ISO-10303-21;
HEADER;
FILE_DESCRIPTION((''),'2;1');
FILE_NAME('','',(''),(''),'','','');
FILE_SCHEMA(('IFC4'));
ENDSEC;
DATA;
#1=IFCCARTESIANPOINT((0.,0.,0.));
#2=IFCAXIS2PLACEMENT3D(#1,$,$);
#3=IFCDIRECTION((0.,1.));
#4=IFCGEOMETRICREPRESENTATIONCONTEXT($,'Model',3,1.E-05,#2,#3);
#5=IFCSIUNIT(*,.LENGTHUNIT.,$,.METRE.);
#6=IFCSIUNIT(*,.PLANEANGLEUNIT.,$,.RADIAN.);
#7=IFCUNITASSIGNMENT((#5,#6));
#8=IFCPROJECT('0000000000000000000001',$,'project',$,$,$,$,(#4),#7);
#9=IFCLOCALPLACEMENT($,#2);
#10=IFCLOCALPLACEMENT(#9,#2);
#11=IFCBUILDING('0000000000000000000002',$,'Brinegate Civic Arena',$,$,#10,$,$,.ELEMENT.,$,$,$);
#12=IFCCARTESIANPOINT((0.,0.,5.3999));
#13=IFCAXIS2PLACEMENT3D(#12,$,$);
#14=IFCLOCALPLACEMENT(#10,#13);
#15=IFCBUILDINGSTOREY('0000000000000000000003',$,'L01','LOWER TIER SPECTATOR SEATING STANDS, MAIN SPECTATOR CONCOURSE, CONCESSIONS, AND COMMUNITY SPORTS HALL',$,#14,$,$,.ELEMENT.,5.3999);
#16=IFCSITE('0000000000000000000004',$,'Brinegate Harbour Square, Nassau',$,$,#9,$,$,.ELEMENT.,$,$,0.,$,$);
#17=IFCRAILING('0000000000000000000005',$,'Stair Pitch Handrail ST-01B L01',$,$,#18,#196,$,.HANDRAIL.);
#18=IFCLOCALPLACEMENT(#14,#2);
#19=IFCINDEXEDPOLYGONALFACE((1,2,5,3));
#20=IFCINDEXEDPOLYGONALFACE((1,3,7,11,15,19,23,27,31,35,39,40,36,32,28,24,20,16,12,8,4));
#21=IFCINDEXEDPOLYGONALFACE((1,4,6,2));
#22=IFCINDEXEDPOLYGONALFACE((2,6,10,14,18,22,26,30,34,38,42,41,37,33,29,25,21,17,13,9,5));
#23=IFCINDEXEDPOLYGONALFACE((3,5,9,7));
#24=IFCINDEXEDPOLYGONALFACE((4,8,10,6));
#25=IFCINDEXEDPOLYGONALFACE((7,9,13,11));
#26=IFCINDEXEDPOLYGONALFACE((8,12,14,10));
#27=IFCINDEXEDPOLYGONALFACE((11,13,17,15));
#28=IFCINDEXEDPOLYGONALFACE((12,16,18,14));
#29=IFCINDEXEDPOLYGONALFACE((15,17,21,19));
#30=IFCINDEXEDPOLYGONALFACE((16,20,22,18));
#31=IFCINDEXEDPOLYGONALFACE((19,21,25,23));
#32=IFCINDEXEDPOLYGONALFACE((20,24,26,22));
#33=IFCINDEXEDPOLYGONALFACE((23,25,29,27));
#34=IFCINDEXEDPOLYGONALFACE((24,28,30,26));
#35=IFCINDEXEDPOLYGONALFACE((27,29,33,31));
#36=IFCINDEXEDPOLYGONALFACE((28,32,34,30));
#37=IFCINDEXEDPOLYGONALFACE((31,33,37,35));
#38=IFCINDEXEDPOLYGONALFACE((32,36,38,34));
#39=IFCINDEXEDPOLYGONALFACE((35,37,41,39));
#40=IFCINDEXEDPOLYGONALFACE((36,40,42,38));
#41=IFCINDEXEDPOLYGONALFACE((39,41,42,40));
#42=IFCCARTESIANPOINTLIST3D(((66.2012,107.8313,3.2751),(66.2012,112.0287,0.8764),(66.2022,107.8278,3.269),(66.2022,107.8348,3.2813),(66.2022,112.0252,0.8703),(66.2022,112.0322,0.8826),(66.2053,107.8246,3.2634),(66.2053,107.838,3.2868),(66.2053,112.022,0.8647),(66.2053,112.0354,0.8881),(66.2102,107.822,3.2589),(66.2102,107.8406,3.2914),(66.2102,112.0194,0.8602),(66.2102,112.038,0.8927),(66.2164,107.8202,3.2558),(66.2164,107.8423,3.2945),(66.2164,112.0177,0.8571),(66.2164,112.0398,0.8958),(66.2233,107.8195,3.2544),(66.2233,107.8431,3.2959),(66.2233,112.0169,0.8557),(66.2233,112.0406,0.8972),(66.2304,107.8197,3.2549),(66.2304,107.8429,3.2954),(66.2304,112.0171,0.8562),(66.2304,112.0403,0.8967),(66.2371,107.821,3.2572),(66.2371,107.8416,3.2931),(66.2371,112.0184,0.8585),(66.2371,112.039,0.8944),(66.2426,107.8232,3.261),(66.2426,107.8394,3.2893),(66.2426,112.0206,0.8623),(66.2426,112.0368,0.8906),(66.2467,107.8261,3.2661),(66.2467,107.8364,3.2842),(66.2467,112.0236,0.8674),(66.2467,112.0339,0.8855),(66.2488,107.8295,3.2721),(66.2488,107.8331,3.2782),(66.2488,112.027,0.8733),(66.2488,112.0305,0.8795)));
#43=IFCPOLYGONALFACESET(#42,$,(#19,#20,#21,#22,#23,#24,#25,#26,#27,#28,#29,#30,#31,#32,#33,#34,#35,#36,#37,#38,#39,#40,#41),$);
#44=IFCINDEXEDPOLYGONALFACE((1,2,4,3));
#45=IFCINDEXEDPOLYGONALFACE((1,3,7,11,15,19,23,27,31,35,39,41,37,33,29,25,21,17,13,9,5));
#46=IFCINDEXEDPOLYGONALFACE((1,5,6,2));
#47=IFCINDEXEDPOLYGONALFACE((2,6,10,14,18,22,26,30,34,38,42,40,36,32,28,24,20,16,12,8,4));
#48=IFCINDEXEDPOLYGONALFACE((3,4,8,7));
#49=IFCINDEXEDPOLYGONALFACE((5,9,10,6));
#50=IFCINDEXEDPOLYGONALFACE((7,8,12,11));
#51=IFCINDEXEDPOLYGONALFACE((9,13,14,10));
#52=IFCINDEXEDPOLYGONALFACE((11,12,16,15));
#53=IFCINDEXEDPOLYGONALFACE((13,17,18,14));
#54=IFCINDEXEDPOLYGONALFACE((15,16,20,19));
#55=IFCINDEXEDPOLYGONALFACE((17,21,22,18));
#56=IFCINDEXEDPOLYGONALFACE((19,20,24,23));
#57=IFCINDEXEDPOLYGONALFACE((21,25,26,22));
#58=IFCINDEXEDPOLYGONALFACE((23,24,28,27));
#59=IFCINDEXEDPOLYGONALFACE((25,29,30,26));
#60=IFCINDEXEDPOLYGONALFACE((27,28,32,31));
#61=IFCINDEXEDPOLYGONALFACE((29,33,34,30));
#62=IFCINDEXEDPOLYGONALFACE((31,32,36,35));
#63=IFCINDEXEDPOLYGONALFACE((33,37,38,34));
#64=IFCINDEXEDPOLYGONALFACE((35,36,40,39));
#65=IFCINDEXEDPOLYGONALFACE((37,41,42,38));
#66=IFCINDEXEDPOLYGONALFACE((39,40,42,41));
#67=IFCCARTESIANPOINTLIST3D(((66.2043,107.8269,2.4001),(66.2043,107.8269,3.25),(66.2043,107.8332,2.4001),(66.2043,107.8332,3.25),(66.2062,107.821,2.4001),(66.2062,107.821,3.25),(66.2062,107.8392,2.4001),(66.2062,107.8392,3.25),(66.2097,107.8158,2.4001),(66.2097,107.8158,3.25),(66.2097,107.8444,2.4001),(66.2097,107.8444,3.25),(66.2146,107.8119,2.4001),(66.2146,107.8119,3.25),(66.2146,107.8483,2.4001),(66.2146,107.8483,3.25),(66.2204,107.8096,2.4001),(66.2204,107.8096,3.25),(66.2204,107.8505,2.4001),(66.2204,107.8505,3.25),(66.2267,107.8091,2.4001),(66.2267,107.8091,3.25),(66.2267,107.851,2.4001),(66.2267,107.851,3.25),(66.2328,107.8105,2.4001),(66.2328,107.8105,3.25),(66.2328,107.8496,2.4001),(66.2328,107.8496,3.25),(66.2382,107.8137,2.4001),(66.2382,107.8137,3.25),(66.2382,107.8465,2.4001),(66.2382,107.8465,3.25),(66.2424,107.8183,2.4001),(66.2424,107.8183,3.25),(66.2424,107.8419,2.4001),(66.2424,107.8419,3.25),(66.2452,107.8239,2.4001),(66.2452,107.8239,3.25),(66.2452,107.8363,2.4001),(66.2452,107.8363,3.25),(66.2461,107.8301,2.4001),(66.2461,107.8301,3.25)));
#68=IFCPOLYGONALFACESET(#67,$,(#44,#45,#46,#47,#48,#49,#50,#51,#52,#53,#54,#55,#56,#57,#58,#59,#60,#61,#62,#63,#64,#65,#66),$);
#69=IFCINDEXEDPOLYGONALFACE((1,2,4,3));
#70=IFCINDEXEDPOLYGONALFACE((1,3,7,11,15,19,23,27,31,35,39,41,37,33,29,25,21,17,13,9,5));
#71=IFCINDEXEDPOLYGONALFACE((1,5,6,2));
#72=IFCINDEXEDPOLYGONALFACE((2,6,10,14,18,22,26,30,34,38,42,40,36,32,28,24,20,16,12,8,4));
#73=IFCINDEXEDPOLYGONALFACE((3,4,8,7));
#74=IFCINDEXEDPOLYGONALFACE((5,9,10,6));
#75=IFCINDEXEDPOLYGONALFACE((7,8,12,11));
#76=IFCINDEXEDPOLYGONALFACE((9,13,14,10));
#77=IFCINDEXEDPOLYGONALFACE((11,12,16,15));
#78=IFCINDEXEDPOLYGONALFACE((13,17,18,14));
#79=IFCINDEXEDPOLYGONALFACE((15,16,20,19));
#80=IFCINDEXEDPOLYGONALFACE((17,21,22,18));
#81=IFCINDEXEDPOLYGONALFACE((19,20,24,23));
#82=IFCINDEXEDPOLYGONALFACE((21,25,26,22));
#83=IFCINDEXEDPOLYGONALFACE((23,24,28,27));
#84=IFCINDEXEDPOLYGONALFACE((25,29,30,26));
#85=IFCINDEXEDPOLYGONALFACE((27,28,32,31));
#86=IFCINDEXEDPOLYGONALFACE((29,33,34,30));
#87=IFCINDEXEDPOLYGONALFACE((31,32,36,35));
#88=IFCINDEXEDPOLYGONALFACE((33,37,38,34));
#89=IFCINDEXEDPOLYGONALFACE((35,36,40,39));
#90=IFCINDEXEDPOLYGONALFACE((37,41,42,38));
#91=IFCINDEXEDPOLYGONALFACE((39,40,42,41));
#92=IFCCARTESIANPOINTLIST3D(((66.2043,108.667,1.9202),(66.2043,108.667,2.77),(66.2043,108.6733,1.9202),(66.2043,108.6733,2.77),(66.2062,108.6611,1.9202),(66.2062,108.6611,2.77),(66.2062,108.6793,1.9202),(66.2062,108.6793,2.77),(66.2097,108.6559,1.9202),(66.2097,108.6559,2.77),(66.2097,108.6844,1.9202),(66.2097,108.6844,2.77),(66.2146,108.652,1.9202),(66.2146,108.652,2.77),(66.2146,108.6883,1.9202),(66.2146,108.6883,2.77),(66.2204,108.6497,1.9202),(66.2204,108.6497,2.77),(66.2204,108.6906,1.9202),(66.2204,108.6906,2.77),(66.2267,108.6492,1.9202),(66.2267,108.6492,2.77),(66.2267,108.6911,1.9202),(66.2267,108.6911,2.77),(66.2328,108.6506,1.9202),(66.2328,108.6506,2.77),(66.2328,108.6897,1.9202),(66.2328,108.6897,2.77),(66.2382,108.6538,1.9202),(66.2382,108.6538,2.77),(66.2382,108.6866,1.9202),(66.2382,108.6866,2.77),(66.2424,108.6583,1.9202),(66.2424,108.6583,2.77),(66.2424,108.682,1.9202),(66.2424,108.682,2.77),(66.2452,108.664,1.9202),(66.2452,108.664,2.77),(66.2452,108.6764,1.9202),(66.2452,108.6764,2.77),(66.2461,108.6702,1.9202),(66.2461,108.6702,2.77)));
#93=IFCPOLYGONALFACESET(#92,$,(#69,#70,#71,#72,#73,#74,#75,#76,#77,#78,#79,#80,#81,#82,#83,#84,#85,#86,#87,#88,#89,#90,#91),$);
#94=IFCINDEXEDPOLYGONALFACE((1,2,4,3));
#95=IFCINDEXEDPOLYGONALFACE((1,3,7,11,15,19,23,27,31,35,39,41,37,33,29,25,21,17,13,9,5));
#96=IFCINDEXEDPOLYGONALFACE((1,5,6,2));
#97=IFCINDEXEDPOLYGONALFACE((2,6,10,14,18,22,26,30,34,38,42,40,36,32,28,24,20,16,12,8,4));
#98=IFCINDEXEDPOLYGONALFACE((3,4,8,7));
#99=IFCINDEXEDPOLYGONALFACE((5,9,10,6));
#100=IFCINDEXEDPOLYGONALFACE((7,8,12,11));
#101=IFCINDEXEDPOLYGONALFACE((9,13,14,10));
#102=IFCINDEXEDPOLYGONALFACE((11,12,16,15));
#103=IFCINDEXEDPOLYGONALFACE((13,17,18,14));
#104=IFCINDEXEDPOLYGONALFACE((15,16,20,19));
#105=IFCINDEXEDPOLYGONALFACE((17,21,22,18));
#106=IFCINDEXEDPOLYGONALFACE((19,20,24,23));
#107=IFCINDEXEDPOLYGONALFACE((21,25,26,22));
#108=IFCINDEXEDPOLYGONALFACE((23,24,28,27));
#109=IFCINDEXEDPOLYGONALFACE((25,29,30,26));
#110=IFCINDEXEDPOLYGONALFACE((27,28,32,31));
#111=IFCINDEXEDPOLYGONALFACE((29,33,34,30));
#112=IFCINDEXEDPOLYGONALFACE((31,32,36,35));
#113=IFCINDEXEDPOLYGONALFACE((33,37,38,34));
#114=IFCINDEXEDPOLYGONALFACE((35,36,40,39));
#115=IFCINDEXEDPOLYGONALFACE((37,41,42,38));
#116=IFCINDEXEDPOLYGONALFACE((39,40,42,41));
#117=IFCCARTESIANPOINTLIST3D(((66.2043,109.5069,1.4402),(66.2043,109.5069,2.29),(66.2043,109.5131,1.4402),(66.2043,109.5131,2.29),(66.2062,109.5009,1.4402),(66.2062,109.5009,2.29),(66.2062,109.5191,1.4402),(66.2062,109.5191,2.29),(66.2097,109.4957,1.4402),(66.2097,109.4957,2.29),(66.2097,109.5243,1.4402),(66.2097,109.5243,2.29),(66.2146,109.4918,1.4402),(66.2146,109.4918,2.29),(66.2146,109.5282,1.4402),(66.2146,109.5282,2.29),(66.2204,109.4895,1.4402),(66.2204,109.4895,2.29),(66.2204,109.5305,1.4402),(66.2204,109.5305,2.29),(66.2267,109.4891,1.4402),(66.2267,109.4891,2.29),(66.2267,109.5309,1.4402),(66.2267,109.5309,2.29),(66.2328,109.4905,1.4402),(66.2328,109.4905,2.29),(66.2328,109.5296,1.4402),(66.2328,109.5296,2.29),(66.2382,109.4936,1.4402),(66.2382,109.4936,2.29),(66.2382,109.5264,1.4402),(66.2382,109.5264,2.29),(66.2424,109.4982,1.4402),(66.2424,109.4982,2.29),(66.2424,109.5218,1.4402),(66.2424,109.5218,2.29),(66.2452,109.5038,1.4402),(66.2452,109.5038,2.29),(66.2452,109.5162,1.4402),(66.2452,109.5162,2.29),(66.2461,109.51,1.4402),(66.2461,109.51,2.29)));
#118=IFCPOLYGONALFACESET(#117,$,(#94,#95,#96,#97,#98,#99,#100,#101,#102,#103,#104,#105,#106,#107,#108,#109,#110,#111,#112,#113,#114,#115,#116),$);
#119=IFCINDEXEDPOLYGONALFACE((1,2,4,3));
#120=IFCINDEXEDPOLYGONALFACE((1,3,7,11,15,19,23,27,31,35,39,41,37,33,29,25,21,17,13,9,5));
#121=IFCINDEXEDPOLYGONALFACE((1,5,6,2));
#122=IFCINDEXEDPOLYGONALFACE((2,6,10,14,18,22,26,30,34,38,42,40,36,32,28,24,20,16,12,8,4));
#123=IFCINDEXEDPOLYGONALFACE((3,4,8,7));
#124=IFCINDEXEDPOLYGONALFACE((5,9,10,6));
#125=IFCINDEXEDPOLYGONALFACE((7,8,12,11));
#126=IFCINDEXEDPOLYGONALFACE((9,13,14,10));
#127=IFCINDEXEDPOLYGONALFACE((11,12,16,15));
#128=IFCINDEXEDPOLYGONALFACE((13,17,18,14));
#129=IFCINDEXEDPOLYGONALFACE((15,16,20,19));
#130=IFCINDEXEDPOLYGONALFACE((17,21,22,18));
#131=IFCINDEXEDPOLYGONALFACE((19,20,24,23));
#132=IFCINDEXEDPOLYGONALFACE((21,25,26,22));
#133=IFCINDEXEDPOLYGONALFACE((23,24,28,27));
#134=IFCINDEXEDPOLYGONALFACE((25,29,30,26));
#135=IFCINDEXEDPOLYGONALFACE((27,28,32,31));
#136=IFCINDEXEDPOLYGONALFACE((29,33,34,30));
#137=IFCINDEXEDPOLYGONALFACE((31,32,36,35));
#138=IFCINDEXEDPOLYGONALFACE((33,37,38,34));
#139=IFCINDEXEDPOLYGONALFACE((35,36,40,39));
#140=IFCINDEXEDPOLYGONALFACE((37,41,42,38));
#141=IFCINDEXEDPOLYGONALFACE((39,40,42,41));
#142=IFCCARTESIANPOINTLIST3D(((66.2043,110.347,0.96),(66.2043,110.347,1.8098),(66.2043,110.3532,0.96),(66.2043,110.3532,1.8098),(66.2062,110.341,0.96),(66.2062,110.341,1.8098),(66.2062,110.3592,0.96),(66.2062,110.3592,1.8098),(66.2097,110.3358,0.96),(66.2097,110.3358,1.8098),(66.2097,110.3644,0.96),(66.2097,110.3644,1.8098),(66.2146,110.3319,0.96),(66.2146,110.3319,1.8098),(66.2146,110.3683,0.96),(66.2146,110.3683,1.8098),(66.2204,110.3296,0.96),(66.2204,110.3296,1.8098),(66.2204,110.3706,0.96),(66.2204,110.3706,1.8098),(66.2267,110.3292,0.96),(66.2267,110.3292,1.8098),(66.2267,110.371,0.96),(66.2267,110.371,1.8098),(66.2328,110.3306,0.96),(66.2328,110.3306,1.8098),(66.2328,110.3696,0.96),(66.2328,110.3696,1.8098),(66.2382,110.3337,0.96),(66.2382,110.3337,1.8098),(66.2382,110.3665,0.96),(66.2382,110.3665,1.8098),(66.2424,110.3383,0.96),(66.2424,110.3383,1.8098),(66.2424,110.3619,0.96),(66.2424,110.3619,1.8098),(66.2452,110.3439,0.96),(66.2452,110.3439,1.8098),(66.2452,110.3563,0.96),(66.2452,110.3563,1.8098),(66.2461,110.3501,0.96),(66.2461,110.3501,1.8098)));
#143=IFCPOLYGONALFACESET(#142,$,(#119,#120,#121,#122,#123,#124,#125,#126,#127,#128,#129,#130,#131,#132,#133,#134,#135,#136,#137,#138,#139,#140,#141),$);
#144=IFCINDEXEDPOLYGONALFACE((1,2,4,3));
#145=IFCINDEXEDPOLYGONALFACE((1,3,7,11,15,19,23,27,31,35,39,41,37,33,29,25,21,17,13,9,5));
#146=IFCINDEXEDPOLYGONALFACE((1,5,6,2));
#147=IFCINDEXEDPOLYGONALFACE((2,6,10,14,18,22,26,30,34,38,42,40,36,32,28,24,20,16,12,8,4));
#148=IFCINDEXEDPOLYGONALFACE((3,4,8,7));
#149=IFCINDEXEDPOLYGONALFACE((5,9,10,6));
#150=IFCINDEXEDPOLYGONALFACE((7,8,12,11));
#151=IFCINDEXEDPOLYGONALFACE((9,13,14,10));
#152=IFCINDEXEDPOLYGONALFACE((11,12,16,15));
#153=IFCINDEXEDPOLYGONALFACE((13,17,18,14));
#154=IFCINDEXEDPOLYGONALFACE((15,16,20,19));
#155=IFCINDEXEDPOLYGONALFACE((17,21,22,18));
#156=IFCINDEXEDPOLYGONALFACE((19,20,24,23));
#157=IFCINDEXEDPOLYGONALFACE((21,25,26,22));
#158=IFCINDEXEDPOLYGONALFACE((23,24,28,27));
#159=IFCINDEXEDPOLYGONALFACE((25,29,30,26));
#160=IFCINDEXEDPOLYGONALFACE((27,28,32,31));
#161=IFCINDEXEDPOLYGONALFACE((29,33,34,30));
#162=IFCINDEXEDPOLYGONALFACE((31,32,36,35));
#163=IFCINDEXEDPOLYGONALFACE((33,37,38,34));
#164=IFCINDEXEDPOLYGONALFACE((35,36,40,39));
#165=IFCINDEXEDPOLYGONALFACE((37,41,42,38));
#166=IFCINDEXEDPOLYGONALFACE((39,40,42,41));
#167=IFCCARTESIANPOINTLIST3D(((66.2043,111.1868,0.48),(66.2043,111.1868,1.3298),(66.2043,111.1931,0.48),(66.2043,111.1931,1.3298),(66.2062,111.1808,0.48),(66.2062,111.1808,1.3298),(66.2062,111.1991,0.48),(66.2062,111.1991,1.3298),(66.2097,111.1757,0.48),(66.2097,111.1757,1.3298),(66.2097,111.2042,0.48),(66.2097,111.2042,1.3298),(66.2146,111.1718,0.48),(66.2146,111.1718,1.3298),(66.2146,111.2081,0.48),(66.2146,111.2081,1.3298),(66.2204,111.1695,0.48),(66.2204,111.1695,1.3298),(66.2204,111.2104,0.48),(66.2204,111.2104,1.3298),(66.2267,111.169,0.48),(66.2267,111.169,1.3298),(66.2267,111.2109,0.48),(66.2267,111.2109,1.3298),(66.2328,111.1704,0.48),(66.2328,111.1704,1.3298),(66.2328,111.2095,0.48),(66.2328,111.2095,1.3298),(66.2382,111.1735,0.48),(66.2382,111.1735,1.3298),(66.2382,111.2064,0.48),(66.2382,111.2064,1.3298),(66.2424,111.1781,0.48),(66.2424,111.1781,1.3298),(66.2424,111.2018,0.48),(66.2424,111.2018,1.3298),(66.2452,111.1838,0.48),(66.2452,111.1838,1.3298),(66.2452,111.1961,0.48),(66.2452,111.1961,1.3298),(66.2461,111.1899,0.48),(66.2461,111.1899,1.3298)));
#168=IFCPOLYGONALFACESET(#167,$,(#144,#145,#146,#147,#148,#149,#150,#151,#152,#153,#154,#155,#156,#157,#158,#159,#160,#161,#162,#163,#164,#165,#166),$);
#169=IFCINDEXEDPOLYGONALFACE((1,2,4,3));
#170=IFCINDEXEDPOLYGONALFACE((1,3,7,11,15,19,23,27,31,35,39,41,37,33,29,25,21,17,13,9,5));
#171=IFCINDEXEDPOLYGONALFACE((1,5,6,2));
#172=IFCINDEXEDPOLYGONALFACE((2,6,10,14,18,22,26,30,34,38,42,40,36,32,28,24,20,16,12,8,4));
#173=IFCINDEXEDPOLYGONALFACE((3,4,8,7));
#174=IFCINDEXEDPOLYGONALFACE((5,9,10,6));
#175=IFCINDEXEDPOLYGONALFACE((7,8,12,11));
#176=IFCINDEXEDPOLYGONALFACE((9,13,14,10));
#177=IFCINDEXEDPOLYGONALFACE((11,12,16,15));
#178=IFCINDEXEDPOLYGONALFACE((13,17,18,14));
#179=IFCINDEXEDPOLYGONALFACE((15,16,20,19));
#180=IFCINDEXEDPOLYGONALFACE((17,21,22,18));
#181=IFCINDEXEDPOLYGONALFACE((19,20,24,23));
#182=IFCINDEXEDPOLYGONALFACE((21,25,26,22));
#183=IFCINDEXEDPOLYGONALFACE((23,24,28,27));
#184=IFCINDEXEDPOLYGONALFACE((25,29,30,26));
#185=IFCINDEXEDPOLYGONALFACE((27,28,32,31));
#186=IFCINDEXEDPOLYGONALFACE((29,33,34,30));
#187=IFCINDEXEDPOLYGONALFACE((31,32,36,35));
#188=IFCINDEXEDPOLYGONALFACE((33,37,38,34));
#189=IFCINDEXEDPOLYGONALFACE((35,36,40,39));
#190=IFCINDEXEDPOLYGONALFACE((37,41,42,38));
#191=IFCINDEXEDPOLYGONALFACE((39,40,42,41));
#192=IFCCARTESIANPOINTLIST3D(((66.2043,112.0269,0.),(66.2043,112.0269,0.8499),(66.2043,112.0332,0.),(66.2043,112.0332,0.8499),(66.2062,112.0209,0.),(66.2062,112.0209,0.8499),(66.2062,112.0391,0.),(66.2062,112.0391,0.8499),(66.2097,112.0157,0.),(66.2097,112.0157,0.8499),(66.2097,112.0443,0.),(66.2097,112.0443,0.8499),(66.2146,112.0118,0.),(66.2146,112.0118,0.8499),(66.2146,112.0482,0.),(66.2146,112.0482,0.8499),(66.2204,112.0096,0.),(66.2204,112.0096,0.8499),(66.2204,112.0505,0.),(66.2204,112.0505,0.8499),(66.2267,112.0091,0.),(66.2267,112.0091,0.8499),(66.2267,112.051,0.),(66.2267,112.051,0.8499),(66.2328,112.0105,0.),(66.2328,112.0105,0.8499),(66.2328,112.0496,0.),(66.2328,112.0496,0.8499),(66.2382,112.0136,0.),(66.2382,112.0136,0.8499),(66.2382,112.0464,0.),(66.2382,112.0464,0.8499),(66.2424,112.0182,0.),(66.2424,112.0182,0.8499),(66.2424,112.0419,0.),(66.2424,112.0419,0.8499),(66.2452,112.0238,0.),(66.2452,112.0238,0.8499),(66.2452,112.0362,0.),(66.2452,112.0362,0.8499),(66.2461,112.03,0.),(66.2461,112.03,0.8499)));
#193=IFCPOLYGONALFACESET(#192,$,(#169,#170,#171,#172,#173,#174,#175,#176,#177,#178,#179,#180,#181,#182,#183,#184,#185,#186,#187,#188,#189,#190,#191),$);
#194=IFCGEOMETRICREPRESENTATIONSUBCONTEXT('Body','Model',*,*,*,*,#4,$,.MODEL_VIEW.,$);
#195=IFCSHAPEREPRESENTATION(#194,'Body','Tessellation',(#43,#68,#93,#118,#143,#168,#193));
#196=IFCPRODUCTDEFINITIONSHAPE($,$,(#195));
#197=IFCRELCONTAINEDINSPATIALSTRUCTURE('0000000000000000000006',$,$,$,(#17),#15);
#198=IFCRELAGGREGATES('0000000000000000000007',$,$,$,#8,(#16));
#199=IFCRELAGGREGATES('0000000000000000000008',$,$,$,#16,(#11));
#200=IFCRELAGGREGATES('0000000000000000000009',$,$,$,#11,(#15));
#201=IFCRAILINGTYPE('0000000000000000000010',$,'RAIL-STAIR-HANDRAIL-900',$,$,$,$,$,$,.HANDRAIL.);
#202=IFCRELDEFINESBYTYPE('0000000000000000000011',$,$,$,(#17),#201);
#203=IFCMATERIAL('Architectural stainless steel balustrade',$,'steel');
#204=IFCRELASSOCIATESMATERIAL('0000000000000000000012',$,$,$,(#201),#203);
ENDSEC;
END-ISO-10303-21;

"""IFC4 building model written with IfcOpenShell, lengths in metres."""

from ifc_helpers import new_model, si_unit, direction, frame, origin, origin_2d, place, context, subcontext, project, spatial, circle, extrude, material, type_object, element, save


model = new_model("IFC4")

# Units and contexts
model_context = context("Model", 3, precision=1e-05, world=origin(), true_north=direction((0.0, 1.0)))
body_context = subcontext(model_context, "Body", "Model", "MODEL_VIEW")
ifc_project = project(units=[si_unit("LENGTHUNIT", "METRE"), si_unit("PLANEANGLEUNIT", "RADIAN")], contexts=[model_context])

# Site, building, storey
site_placement = place(None, origin())
site = spatial("IfcSite", under=ifc_project, at=site_placement, Name="Brinegate Harbour Square, Nassau", CompositionType="ELEMENT", RefElevation=0.0)
building_placement = place(site_placement, origin())
building = spatial("IfcBuilding", under=site, at=building_placement, Name="Brinegate Civic Arena", CompositionType="ELEMENT")
storey_placement = place(building_placement, frame((0.0, 0.0, 5.3999)))
storey = spatial("IfcBuildingStorey", under=building, at=storey_placement, Name="L01", Description="LOWER TIER SPECTATOR SEATING STANDS, MAIN SPECTATOR CONCOURSE, CONCESSIONS, AND COMMUNITY SPORTS HALL", CompositionType="ELEMENT", Elevation=5.3999)

# Railing
ifc_material_1 = material(Name="Architectural stainless steel balustrade", Category="steel")
railing_type_1 = type_object("IfcRailingType", Name="RAIL-STAIR-HANDRAIL-900", PredefinedType="HANDRAIL", material=ifc_material_1)
for number, where, name in (
    (1, (66.2251, 107.8301, 2.4001), "Stair Pitch Handrail ST-01B L01"),
):
    element("IfcRailing", number, at=place(storey_placement, frame(where)), inside=storey, type_object=railing_type_1, Name=name, PredefinedType="HANDRAIL", context=body_context, shape_type="SweptSolid", body=[
        extrude(circle(Radius=0.0239, at=origin_2d()), frame((0.0, 0.0012, 0.875), z_axis=(0.0, 0.868228, -0.496166), x_axis=(-1.0, 0.0, 0.0)), (0.0, 0.0, 1.0), 4.8345),
        extrude(circle(Radius=0.021, at=origin_2d()), origin(), (0.0, 0.0, 1.0), 0.8499),
        extrude(circle(Radius=0.021, at=origin_2d()), frame((0.0, 0.8401, -0.48)), (0.0, 0.0, 1.0), 0.8499),
        extrude(circle(Radius=0.021, at=origin_2d()), frame((0.0, 1.6799, -0.96)), (0.0, 0.0, 1.0), 0.8499),
        extrude(circle(Radius=0.021, at=origin_2d()), frame((0.0, 2.52, -1.4402)), (0.0, 0.0, 1.0), 0.8499),
        extrude(circle(Radius=0.021, at=origin_2d()), frame((0.0, 3.3599, -1.9202)), (0.0, 0.0, 1.0), 0.8499),
        extrude(circle(Radius=0.021, at=origin_2d()), frame((0.0, 4.2, -2.4001)), (0.0, 0.0, 1.0), 0.8499),
    ])

save(model, "model.ifc")
